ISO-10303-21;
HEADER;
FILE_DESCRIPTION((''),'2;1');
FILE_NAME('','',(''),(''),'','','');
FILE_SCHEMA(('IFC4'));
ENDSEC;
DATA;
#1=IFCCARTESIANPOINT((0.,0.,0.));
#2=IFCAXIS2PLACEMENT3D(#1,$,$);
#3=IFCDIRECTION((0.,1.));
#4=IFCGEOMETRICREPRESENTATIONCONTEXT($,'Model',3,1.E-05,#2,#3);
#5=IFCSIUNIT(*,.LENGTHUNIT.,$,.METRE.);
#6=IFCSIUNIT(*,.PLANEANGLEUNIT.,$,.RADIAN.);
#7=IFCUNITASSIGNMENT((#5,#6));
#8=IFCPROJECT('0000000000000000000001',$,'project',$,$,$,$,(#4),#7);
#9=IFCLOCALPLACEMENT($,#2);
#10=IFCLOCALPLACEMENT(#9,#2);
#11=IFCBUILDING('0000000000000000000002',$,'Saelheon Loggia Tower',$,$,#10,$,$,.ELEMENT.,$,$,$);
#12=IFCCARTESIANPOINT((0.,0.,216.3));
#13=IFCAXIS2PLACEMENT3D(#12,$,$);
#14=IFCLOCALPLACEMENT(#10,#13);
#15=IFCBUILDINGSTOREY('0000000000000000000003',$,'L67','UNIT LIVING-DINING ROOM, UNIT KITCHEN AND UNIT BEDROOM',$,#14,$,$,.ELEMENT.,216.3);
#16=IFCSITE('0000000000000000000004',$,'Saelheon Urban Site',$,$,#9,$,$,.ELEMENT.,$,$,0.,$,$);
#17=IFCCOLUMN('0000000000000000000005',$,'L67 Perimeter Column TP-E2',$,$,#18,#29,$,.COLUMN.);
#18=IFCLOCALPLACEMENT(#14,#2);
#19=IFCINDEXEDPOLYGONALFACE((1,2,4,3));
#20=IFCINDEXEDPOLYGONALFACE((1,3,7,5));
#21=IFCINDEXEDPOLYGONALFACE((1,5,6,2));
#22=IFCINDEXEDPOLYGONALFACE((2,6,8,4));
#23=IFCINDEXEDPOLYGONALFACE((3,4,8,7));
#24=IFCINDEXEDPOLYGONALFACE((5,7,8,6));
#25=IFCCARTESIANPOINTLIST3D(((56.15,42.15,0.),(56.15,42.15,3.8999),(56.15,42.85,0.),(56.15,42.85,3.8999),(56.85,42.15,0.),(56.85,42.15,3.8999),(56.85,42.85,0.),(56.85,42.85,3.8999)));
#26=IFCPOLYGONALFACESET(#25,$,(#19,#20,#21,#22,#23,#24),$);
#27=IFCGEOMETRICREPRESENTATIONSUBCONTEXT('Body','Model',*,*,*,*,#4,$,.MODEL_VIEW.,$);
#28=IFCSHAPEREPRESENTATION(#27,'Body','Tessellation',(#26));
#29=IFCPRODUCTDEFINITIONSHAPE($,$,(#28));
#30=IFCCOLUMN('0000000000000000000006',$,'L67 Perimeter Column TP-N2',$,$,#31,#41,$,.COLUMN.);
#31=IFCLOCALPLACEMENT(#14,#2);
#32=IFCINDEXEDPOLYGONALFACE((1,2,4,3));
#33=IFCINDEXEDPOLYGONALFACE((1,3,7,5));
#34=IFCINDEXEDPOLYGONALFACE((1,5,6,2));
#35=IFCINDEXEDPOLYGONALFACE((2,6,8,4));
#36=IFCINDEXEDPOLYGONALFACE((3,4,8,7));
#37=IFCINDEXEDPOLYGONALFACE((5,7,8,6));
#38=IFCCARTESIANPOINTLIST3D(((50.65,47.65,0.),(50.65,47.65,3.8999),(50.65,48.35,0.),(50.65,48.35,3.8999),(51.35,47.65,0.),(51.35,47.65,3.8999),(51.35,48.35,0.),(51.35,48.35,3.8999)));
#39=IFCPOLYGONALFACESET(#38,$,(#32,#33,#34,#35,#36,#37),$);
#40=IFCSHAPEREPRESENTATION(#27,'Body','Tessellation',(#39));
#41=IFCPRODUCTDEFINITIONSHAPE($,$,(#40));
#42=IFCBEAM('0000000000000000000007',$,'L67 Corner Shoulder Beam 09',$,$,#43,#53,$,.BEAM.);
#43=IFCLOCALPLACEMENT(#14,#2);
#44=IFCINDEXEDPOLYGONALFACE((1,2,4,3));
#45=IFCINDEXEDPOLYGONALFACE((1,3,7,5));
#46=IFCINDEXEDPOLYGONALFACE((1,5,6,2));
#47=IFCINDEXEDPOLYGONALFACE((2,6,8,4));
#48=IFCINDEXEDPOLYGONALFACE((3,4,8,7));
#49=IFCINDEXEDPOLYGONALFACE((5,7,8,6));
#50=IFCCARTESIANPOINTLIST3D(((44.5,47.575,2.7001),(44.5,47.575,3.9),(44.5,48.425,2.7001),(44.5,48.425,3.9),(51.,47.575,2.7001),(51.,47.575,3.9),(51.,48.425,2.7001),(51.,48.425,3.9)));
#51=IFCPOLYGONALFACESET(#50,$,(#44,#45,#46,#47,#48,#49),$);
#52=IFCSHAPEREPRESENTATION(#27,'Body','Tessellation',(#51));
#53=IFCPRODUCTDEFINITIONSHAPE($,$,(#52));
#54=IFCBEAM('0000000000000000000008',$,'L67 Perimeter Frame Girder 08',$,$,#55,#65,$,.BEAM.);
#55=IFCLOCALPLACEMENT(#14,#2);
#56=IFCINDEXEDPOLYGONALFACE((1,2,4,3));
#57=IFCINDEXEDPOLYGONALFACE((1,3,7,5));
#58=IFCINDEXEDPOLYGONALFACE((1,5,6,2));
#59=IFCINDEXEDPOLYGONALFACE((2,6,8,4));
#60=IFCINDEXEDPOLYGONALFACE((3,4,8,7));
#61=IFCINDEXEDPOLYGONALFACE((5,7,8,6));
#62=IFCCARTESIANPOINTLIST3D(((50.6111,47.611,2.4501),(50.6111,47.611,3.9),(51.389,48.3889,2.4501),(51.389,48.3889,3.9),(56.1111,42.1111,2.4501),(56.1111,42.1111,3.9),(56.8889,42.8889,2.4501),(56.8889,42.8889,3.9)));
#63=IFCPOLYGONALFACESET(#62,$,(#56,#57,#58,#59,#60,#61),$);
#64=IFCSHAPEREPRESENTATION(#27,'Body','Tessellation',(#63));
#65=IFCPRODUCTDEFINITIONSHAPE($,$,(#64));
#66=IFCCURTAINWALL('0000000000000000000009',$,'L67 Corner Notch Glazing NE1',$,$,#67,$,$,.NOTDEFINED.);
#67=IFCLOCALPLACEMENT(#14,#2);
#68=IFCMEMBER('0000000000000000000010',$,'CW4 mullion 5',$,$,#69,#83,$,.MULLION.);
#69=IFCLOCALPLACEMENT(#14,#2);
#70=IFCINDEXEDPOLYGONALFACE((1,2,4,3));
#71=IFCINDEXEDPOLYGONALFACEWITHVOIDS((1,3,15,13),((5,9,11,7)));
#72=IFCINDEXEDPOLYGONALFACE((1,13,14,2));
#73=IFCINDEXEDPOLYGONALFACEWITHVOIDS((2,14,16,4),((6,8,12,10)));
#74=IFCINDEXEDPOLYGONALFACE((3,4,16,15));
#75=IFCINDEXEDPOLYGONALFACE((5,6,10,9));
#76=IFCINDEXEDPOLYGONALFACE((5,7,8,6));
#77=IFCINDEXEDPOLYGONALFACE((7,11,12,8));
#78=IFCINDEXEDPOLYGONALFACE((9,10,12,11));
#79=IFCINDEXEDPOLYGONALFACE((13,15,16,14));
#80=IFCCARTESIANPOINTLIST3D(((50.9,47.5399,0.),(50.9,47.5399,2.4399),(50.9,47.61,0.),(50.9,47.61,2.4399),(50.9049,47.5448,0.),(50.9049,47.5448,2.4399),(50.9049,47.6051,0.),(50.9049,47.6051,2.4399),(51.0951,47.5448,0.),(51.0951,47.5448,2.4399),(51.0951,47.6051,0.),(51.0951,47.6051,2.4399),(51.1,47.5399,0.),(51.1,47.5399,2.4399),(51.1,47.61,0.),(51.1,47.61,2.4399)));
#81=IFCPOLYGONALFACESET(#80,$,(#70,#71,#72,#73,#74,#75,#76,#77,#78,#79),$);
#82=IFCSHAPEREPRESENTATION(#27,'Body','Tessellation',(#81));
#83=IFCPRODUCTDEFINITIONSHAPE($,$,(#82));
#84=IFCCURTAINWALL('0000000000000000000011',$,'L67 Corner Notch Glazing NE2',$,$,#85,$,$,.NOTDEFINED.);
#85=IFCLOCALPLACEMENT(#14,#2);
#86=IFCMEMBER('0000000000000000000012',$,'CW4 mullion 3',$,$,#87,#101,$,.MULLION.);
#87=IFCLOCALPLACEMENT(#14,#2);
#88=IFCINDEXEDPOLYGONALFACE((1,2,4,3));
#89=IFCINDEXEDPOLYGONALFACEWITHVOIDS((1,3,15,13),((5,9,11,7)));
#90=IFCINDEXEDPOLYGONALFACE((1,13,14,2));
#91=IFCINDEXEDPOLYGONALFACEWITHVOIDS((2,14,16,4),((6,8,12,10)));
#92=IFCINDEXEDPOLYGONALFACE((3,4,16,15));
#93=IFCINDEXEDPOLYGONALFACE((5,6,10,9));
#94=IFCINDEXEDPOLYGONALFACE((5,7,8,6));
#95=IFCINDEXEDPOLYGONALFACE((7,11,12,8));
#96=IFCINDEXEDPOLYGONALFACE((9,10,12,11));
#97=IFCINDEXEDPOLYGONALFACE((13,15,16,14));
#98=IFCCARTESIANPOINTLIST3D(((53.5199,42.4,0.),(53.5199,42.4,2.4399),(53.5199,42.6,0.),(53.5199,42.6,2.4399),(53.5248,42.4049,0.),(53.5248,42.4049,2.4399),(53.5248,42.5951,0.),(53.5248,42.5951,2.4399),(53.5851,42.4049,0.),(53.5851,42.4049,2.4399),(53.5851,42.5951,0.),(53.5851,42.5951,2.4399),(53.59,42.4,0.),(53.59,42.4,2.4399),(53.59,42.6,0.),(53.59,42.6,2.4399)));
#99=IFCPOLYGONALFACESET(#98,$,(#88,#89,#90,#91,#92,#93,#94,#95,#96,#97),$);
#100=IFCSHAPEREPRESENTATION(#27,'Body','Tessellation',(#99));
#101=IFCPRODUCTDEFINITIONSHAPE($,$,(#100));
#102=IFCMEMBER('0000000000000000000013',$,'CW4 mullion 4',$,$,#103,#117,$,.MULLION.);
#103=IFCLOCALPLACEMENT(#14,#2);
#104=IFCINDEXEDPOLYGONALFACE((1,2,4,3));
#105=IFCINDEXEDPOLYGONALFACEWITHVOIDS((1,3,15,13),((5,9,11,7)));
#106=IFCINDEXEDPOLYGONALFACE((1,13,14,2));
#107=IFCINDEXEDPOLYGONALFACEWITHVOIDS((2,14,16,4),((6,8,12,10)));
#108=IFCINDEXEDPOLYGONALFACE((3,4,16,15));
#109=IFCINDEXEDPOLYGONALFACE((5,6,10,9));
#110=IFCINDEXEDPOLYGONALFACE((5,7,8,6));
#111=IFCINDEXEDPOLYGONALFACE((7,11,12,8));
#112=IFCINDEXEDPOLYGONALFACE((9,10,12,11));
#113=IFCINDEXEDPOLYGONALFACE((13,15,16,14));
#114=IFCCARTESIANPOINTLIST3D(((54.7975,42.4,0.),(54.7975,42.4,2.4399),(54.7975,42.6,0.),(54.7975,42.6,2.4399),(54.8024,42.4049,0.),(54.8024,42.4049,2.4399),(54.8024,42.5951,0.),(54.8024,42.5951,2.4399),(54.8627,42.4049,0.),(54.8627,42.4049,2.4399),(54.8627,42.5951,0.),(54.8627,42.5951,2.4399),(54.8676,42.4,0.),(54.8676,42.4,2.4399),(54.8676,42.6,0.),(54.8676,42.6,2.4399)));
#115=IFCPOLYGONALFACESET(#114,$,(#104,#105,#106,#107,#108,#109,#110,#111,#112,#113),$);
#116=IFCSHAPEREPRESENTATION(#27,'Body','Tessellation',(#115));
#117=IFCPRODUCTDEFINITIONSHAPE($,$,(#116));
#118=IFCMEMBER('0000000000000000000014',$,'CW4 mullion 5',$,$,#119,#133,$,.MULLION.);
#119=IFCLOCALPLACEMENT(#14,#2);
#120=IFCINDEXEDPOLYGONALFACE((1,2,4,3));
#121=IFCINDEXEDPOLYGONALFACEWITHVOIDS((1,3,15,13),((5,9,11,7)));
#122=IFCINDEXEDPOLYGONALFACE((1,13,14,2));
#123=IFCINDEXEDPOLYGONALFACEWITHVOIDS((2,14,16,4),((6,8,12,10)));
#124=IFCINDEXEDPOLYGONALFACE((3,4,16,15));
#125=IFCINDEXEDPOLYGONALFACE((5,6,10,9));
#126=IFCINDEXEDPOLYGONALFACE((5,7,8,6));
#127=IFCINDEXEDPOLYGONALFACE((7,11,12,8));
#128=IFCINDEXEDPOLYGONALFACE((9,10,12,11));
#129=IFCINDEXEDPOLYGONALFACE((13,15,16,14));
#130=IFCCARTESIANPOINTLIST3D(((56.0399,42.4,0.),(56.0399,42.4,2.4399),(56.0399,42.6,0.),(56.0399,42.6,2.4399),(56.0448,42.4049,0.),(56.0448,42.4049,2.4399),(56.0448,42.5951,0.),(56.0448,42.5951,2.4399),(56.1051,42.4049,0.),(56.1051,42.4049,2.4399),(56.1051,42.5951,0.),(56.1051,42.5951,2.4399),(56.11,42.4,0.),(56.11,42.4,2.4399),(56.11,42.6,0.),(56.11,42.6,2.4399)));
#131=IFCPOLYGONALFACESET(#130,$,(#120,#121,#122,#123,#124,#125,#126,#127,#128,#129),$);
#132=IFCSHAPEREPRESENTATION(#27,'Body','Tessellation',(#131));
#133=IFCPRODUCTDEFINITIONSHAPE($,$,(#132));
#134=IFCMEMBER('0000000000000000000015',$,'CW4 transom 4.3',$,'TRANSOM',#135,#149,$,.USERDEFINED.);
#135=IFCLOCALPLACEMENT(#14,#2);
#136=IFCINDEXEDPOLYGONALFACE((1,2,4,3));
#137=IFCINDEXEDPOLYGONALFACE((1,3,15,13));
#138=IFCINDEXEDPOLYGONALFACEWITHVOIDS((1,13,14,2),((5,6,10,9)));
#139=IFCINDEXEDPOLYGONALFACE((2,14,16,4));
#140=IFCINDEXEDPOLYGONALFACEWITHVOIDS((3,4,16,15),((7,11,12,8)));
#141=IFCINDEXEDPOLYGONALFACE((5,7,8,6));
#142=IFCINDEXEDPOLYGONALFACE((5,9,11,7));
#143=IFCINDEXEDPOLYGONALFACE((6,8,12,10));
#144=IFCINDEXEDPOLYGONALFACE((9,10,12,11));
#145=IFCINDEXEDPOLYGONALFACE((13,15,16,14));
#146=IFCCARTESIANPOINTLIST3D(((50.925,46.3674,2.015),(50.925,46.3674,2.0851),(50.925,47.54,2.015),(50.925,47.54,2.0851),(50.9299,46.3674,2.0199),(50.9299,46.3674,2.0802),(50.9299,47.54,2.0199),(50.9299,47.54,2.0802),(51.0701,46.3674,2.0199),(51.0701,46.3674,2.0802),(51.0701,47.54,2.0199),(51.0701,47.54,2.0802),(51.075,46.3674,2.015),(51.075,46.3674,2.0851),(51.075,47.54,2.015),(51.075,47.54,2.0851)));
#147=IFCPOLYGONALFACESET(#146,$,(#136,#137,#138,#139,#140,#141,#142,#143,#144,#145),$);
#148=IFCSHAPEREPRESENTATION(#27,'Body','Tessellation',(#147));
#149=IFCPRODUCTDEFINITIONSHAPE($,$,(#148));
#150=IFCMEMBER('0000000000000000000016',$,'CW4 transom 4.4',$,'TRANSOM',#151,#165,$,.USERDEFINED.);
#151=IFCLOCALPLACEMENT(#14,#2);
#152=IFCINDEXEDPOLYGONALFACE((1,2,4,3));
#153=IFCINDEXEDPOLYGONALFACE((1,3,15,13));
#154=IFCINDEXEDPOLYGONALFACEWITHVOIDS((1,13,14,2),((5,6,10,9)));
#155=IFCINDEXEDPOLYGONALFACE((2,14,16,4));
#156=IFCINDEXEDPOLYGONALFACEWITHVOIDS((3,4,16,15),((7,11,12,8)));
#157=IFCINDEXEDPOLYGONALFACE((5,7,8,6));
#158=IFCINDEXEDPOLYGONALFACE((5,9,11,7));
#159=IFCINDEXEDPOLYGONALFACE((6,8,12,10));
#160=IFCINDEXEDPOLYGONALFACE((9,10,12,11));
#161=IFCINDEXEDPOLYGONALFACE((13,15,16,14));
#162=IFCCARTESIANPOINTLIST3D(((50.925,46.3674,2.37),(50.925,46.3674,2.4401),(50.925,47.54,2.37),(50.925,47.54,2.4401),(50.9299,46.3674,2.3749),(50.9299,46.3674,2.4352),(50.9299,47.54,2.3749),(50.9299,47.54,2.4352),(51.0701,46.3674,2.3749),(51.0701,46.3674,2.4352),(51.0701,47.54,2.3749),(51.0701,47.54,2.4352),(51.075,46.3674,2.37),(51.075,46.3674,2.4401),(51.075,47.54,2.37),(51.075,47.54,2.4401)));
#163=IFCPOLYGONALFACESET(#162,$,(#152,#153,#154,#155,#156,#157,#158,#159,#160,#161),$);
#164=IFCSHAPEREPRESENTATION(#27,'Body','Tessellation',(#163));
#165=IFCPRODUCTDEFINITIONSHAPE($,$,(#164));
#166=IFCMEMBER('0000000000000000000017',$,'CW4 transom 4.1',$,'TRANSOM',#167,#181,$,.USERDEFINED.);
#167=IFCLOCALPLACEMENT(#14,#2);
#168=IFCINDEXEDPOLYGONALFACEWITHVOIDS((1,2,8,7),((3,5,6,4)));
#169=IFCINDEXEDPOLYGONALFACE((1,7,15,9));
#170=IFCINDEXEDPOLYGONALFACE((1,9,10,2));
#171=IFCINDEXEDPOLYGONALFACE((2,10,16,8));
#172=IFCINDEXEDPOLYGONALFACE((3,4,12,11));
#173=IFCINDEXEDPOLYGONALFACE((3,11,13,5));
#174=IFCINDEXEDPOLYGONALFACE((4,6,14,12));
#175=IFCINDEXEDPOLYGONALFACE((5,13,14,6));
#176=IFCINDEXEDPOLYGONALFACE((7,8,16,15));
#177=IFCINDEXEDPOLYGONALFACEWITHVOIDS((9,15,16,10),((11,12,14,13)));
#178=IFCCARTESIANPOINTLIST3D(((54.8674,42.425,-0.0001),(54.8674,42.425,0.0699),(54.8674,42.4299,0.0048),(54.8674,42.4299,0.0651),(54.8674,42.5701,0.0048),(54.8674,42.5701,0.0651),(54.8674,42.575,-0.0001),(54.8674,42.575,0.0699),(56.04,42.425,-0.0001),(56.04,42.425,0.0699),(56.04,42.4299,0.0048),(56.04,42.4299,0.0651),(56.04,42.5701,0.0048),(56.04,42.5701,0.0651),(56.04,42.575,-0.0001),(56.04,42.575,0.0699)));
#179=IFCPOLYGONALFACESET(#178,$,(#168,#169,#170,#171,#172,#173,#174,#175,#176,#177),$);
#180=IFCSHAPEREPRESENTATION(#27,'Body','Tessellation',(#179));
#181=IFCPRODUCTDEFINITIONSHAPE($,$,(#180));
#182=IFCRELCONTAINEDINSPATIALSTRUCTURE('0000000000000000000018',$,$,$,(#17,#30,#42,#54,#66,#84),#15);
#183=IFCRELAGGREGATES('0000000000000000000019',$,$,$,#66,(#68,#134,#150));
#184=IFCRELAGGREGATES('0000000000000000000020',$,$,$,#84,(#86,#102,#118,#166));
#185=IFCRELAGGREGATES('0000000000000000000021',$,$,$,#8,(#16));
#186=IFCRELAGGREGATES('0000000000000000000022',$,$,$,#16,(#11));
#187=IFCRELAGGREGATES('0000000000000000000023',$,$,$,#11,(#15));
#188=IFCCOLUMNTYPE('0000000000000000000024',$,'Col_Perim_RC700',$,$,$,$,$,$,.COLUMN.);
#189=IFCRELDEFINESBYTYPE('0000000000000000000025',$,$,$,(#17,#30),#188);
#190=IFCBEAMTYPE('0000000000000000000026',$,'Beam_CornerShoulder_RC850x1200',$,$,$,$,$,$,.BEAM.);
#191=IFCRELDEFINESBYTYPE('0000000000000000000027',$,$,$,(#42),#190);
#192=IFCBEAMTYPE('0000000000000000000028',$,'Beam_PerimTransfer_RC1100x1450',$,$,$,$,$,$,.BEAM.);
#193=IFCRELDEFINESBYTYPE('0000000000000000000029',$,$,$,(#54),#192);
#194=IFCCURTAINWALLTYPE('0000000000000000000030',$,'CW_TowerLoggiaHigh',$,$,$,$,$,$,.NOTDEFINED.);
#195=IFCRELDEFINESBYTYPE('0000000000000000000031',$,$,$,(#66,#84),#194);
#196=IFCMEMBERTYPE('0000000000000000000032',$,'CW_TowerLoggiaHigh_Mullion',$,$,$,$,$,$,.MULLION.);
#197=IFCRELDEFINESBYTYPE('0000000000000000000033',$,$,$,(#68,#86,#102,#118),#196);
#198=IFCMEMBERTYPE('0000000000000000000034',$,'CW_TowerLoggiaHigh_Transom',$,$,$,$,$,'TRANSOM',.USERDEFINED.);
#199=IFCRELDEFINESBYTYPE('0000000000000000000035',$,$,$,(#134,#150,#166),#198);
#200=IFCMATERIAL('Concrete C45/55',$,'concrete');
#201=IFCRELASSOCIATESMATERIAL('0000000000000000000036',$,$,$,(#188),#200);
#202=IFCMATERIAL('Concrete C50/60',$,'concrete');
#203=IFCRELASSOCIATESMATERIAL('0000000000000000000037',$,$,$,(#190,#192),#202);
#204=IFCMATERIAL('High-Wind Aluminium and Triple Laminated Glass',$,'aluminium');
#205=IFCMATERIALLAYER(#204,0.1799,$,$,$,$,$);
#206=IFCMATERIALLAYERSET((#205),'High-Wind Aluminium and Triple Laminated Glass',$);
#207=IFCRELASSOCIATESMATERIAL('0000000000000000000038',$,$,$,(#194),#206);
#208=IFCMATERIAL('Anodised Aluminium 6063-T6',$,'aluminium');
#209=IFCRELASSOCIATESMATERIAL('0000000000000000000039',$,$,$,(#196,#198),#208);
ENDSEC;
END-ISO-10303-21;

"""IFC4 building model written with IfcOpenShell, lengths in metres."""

from ifc_helpers import new_model, si_unit, direction, frame, origin, origin_2d, place, context, subcontext, project, spatial, rectangle, hollow_rectangle, extrude, source, transform, mapped, material, layer, layer_set, material_profile, profile_set, type_object, element, aggregate, save


model = new_model("IFC4")

# Units and contexts
model_context = context("Model", 3, precision=1e-05, world=origin(), true_north=direction((0.0, 1.0)))
body_context = subcontext(model_context, "Body", "Model", "MODEL_VIEW")
ifc_project = project(units=[si_unit("LENGTHUNIT", "METRE"), si_unit("PLANEANGLEUNIT", "RADIAN")], contexts=[model_context])

# Site, building, storey
site_placement = place(None, origin())
site = spatial("IfcSite", under=ifc_project, at=site_placement, Name="Saelheon Urban Site", CompositionType="ELEMENT", RefElevation=0.0)
building_placement = place(site_placement, origin())
building = spatial("IfcBuilding", under=site, at=building_placement, Name="Saelheon Loggia Tower", CompositionType="ELEMENT")
storey_placement = place(building_placement, frame((0.0, 0.0, 216.3)))
storey = spatial("IfcBuildingStorey", under=building, at=storey_placement, Name="L67", Description="UNIT LIVING-DINING ROOM, UNIT KITCHEN AND UNIT BEDROOM", CompositionType="ELEMENT", Elevation=216.3)

# Columns
ifc_material_1 = material(Name="Concrete C45/55", Category="concrete")
ifc_material_profile_1 = material_profile(ifc_material_1, rectangle(XDim=0.7, YDim=0.7, at=origin_2d()), Name="RC-700x700")
ifc_profile_set_1 = profile_set([ifc_material_profile_1], Name="Concrete C45/55")
column_type = type_object("IfcColumnType", Name="Col_Perim_RC700", PredefinedType="COLUMN", material=ifc_profile_set_1)
shared_shape_1 = source(origin(), body_context, "Body", "SweptSolid", [
    extrude(rectangle(XDim=0.7, YDim=0.7, at=origin_2d()), origin(), (0.0, 0.0, 1.0), 3.8999),
])
for number, where, z_axis, x_axis, name in (
    (1, (56.5, 42.5, 0.0), (0.0, 0.0, 1.0), (1.0, 0.0, 0.0), "L67 Perimeter Column TP-E2"),
    (2, (51.0, 48.0, 0.0), (0.0, 0.0, 1.0), (1.0, 0.0, 0.0), "L67 Perimeter Column TP-N2"),
):
    element("IfcColumn", number, at=place(storey_placement, frame(where, z_axis=z_axis, x_axis=x_axis)), inside=storey, type_object=column_type, Name=name, PredefinedType="COLUMN", context=body_context, shape_type="MappedRepresentation", body=[
        mapped(shared_shape_1, transform((0.0, 0.0, 0.0), scale=1.0)),
    ])

# Beams
ifc_material_2 = material(Name="Concrete C50/60", Category="concrete")
ifc_material_profile_2 = material_profile(ifc_material_2, rectangle(XDim=0.8501, YDim=1.2, at=origin_2d()), Name="RC-850x1200")
ifc_profile_set_2 = profile_set([ifc_material_profile_2], Name="Concrete C50/60")
beam_type_1 = type_object("IfcBeamType", Name="Beam_CornerShoulder_RC850x1200", PredefinedType="BEAM", material=ifc_profile_set_2)
shared_shape_2 = source(origin(), body_context, "Body", "SweptSolid", [
    extrude(rectangle(XDim=0.8501, YDim=1.2, at=origin_2d()), origin(), (0.0, 0.0, 1.0), 6.5),
])
beam_1_placement = place(storey_placement, frame((51.0, 48.0, 3.3), z_axis=(-1.0, 0.0, 0.0), x_axis=(0.0, -1.0, 0.0)))
element("IfcBeam", 3, at=beam_1_placement, inside=storey, type_object=beam_type_1, Name="L67 Corner Shoulder Beam 09", PredefinedType="BEAM", context=body_context, shape_type="MappedRepresentation", body=[
    mapped(shared_shape_2, transform((0.0, 0.0, 0.0), scale=1.0)),
])
ifc_material_profile_3 = material_profile(ifc_material_2, rectangle(XDim=1.1001, YDim=1.45, at=origin_2d()), Name="RC-1100x1450")
ifc_profile_set_3 = profile_set([ifc_material_profile_3], Name="Concrete C50/60")
beam_type_2 = type_object("IfcBeamType", Name="Beam_PerimTransfer_RC1100x1450", PredefinedType="BEAM", material=ifc_profile_set_3)
shared_shape_3 = source(origin(), body_context, "Body", "SweptSolid", [
    extrude(rectangle(XDim=1.1001, YDim=1.45, at=origin_2d()), origin(), (0.0, 0.0, 1.0), 7.7781),
])
beam_2_placement = place(storey_placement, frame((56.5, 42.5, 3.175), z_axis=(-0.707107, 0.707107, 0.0), x_axis=(-0.707107, -0.707107, 0.0)))
element("IfcBeam", 4, at=beam_2_placement, inside=storey, type_object=beam_type_2, Name="L67 Perimeter Frame Girder 08", PredefinedType="BEAM", context=body_context, shape_type="MappedRepresentation", body=[
    mapped(shared_shape_3, transform((0.0, 0.0, 0.0), scale=1.0)),
])

# Curtain wall, member
ifc_material_3 = material(Name="High-Wind Aluminium and Triple Laminated Glass", Category="aluminium")
ifc_layer_1 = layer(ifc_material_3, 0.1799)
ifc_layer_set_1 = layer_set([ifc_layer_1], Name="High-Wind Aluminium and Triple Laminated Glass")
curtain_wall_type = type_object("IfcCurtainWallType", Name="CW_TowerLoggiaHigh", PredefinedType="NOTDEFINED", material=ifc_layer_set_1)
curtain_wall_1_placement = place(storey_placement, origin())
curtain_wall_1 = element("IfcCurtainWall", 5, at=curtain_wall_1_placement, inside=storey, type_object=curtain_wall_type, Name="L67 Corner Notch Glazing NE1", PredefinedType="NOTDEFINED")
ifc_material_4 = material(Name="Anodised Aluminium 6063-T6", Category="aluminium")
ifc_material_profile_4 = material_profile(ifc_material_4, hollow_rectangle(XDim=0.0701, YDim=0.2, WallThickness=0.0049, at=origin_2d()), Name="RHS-200x70x5")
ifc_profile_set_4 = profile_set([ifc_material_profile_4], Name="Anodised Aluminium 6063-T6")
member_type_1 = type_object("IfcMemberType", Name="CW_TowerLoggiaHigh_Mullion", PredefinedType="MULLION", material=ifc_profile_set_4)
shared_shape_4 = source(origin(), body_context, "Body", "SweptSolid", [
    extrude(hollow_rectangle(XDim=0.0701, YDim=0.2, WallThickness=0.0049, at=origin_2d()), origin(), (0.0, 0.0, 1.0), 2.4399),
])
member_1_placement = place(storey_placement, frame((51.0, 47.575, 0.0), z_axis=(0.0, 0.0, 1.0), x_axis=(0.0, 1.0, 0.0)))
member_1 = element("IfcMember", 6, at=member_1_placement, type_object=member_type_1, Name="CW4 mullion 5", PredefinedType="MULLION", context=body_context, shape_type="MappedRepresentation", body=[
    mapped(shared_shape_4, transform((0.0, 0.0, 0.0), scale=1.0)),
])

# Curtain wall, members
curtain_wall_2_placement = place(storey_placement, origin())
curtain_wall_2 = element("IfcCurtainWall", 7, at=curtain_wall_2_placement, inside=storey, type_object=curtain_wall_type, Name="L67 Corner Notch Glazing NE2", PredefinedType="NOTDEFINED")
member_2_placement = place(storey_placement, frame((53.5549, 42.5, 0.0), z_axis=(0.0, 0.0, 1.0), x_axis=(1.0, 0.0, 0.0)))
member_2 = element("IfcMember", 8, at=member_2_placement, type_object=member_type_1, Name="CW4 mullion 3", PredefinedType="MULLION", context=body_context, shape_type="MappedRepresentation", body=[
    mapped(shared_shape_4, transform((0.0, 0.0, 0.0), scale=1.0)),
])
member_3_placement = place(storey_placement, frame((54.8325, 42.5, 0.0), z_axis=(0.0, 0.0, 1.0), x_axis=(1.0, 0.0, 0.0)))
member_3 = element("IfcMember", 9, at=member_3_placement, type_object=member_type_1, Name="CW4 mullion 4", PredefinedType="MULLION", context=body_context, shape_type="MappedRepresentation", body=[
    mapped(shared_shape_4, transform((0.0, 0.0, 0.0), scale=1.0)),
])
member_4_placement = place(storey_placement, frame((56.075, 42.5, 0.0), z_axis=(0.0, 0.0, 1.0), x_axis=(1.0, 0.0, 0.0)))
member_4 = element("IfcMember", 10, at=member_4_placement, type_object=member_type_1, Name="CW4 mullion 5", PredefinedType="MULLION", context=body_context, shape_type="MappedRepresentation", body=[
    mapped(shared_shape_4, transform((0.0, 0.0, 0.0), scale=1.0)),
])

# Members
ifc_material_profile_5 = material_profile(ifc_material_4, hollow_rectangle(XDim=0.0701, YDim=0.1499, WallThickness=0.0049, at=origin_2d()), Name="RHS-150x70x5")
ifc_profile_set_5 = profile_set([ifc_material_profile_5], Name="Anodised Aluminium 6063-T6")
member_type_2 = type_object("IfcMemberType", Name="CW_TowerLoggiaHigh_Transom", ElementType="TRANSOM", PredefinedType="USERDEFINED", material=ifc_profile_set_5)
shared_shape_5 = source(origin(), body_context, "Body", "SweptSolid", [
    extrude(hollow_rectangle(XDim=0.0701, YDim=0.1499, WallThickness=0.0049, at=origin_2d()), origin(), (0.0, 0.0, 1.0), 1.1726),
])
member_5_placement = place(storey_placement, frame((51.0, 46.3674, 2.05), z_axis=(0.0, 1.0, 0.0), x_axis=(0.0, 0.0, 1.0)))
member_5 = element("IfcMember", 11, at=member_5_placement, type_object=member_type_2, Name="CW4 transom 4.3", ObjectType="TRANSOM", PredefinedType="USERDEFINED", context=body_context, shape_type="MappedRepresentation", body=[
    mapped(shared_shape_5, transform((0.0, 0.0, 0.0), scale=1.0)),
])
member_6_placement = place(storey_placement, frame((51.0, 46.3674, 2.405), z_axis=(0.0, 1.0, 0.0), x_axis=(0.0, 0.0, 1.0)))
member_6 = element("IfcMember", 12, at=member_6_placement, type_object=member_type_2, Name="CW4 transom 4.4", ObjectType="TRANSOM", PredefinedType="USERDEFINED", context=body_context, shape_type="MappedRepresentation", body=[
    mapped(shared_shape_5, transform((0.0, 0.0, 0.0), scale=1.0)),
])
member_7_placement = place(storey_placement, frame((54.8674, 42.5, 0.0349), z_axis=(1.0, 0.0, 0.0), x_axis=(0.0, 0.0, 1.0)))
member_7 = element("IfcMember", 13, at=member_7_placement, type_object=member_type_2, Name="CW4 transom 4.1", ObjectType="TRANSOM", PredefinedType="USERDEFINED", context=body_context, shape_type="MappedRepresentation", body=[
    mapped(shared_shape_5, transform((0.0, 0.0, 0.0), scale=1.0)),
])

aggregate(curtain_wall_1, [member_1, member_5, member_6])
aggregate(curtain_wall_2, [member_2, member_3, member_4, member_7])

save(model, "model.ifc")
